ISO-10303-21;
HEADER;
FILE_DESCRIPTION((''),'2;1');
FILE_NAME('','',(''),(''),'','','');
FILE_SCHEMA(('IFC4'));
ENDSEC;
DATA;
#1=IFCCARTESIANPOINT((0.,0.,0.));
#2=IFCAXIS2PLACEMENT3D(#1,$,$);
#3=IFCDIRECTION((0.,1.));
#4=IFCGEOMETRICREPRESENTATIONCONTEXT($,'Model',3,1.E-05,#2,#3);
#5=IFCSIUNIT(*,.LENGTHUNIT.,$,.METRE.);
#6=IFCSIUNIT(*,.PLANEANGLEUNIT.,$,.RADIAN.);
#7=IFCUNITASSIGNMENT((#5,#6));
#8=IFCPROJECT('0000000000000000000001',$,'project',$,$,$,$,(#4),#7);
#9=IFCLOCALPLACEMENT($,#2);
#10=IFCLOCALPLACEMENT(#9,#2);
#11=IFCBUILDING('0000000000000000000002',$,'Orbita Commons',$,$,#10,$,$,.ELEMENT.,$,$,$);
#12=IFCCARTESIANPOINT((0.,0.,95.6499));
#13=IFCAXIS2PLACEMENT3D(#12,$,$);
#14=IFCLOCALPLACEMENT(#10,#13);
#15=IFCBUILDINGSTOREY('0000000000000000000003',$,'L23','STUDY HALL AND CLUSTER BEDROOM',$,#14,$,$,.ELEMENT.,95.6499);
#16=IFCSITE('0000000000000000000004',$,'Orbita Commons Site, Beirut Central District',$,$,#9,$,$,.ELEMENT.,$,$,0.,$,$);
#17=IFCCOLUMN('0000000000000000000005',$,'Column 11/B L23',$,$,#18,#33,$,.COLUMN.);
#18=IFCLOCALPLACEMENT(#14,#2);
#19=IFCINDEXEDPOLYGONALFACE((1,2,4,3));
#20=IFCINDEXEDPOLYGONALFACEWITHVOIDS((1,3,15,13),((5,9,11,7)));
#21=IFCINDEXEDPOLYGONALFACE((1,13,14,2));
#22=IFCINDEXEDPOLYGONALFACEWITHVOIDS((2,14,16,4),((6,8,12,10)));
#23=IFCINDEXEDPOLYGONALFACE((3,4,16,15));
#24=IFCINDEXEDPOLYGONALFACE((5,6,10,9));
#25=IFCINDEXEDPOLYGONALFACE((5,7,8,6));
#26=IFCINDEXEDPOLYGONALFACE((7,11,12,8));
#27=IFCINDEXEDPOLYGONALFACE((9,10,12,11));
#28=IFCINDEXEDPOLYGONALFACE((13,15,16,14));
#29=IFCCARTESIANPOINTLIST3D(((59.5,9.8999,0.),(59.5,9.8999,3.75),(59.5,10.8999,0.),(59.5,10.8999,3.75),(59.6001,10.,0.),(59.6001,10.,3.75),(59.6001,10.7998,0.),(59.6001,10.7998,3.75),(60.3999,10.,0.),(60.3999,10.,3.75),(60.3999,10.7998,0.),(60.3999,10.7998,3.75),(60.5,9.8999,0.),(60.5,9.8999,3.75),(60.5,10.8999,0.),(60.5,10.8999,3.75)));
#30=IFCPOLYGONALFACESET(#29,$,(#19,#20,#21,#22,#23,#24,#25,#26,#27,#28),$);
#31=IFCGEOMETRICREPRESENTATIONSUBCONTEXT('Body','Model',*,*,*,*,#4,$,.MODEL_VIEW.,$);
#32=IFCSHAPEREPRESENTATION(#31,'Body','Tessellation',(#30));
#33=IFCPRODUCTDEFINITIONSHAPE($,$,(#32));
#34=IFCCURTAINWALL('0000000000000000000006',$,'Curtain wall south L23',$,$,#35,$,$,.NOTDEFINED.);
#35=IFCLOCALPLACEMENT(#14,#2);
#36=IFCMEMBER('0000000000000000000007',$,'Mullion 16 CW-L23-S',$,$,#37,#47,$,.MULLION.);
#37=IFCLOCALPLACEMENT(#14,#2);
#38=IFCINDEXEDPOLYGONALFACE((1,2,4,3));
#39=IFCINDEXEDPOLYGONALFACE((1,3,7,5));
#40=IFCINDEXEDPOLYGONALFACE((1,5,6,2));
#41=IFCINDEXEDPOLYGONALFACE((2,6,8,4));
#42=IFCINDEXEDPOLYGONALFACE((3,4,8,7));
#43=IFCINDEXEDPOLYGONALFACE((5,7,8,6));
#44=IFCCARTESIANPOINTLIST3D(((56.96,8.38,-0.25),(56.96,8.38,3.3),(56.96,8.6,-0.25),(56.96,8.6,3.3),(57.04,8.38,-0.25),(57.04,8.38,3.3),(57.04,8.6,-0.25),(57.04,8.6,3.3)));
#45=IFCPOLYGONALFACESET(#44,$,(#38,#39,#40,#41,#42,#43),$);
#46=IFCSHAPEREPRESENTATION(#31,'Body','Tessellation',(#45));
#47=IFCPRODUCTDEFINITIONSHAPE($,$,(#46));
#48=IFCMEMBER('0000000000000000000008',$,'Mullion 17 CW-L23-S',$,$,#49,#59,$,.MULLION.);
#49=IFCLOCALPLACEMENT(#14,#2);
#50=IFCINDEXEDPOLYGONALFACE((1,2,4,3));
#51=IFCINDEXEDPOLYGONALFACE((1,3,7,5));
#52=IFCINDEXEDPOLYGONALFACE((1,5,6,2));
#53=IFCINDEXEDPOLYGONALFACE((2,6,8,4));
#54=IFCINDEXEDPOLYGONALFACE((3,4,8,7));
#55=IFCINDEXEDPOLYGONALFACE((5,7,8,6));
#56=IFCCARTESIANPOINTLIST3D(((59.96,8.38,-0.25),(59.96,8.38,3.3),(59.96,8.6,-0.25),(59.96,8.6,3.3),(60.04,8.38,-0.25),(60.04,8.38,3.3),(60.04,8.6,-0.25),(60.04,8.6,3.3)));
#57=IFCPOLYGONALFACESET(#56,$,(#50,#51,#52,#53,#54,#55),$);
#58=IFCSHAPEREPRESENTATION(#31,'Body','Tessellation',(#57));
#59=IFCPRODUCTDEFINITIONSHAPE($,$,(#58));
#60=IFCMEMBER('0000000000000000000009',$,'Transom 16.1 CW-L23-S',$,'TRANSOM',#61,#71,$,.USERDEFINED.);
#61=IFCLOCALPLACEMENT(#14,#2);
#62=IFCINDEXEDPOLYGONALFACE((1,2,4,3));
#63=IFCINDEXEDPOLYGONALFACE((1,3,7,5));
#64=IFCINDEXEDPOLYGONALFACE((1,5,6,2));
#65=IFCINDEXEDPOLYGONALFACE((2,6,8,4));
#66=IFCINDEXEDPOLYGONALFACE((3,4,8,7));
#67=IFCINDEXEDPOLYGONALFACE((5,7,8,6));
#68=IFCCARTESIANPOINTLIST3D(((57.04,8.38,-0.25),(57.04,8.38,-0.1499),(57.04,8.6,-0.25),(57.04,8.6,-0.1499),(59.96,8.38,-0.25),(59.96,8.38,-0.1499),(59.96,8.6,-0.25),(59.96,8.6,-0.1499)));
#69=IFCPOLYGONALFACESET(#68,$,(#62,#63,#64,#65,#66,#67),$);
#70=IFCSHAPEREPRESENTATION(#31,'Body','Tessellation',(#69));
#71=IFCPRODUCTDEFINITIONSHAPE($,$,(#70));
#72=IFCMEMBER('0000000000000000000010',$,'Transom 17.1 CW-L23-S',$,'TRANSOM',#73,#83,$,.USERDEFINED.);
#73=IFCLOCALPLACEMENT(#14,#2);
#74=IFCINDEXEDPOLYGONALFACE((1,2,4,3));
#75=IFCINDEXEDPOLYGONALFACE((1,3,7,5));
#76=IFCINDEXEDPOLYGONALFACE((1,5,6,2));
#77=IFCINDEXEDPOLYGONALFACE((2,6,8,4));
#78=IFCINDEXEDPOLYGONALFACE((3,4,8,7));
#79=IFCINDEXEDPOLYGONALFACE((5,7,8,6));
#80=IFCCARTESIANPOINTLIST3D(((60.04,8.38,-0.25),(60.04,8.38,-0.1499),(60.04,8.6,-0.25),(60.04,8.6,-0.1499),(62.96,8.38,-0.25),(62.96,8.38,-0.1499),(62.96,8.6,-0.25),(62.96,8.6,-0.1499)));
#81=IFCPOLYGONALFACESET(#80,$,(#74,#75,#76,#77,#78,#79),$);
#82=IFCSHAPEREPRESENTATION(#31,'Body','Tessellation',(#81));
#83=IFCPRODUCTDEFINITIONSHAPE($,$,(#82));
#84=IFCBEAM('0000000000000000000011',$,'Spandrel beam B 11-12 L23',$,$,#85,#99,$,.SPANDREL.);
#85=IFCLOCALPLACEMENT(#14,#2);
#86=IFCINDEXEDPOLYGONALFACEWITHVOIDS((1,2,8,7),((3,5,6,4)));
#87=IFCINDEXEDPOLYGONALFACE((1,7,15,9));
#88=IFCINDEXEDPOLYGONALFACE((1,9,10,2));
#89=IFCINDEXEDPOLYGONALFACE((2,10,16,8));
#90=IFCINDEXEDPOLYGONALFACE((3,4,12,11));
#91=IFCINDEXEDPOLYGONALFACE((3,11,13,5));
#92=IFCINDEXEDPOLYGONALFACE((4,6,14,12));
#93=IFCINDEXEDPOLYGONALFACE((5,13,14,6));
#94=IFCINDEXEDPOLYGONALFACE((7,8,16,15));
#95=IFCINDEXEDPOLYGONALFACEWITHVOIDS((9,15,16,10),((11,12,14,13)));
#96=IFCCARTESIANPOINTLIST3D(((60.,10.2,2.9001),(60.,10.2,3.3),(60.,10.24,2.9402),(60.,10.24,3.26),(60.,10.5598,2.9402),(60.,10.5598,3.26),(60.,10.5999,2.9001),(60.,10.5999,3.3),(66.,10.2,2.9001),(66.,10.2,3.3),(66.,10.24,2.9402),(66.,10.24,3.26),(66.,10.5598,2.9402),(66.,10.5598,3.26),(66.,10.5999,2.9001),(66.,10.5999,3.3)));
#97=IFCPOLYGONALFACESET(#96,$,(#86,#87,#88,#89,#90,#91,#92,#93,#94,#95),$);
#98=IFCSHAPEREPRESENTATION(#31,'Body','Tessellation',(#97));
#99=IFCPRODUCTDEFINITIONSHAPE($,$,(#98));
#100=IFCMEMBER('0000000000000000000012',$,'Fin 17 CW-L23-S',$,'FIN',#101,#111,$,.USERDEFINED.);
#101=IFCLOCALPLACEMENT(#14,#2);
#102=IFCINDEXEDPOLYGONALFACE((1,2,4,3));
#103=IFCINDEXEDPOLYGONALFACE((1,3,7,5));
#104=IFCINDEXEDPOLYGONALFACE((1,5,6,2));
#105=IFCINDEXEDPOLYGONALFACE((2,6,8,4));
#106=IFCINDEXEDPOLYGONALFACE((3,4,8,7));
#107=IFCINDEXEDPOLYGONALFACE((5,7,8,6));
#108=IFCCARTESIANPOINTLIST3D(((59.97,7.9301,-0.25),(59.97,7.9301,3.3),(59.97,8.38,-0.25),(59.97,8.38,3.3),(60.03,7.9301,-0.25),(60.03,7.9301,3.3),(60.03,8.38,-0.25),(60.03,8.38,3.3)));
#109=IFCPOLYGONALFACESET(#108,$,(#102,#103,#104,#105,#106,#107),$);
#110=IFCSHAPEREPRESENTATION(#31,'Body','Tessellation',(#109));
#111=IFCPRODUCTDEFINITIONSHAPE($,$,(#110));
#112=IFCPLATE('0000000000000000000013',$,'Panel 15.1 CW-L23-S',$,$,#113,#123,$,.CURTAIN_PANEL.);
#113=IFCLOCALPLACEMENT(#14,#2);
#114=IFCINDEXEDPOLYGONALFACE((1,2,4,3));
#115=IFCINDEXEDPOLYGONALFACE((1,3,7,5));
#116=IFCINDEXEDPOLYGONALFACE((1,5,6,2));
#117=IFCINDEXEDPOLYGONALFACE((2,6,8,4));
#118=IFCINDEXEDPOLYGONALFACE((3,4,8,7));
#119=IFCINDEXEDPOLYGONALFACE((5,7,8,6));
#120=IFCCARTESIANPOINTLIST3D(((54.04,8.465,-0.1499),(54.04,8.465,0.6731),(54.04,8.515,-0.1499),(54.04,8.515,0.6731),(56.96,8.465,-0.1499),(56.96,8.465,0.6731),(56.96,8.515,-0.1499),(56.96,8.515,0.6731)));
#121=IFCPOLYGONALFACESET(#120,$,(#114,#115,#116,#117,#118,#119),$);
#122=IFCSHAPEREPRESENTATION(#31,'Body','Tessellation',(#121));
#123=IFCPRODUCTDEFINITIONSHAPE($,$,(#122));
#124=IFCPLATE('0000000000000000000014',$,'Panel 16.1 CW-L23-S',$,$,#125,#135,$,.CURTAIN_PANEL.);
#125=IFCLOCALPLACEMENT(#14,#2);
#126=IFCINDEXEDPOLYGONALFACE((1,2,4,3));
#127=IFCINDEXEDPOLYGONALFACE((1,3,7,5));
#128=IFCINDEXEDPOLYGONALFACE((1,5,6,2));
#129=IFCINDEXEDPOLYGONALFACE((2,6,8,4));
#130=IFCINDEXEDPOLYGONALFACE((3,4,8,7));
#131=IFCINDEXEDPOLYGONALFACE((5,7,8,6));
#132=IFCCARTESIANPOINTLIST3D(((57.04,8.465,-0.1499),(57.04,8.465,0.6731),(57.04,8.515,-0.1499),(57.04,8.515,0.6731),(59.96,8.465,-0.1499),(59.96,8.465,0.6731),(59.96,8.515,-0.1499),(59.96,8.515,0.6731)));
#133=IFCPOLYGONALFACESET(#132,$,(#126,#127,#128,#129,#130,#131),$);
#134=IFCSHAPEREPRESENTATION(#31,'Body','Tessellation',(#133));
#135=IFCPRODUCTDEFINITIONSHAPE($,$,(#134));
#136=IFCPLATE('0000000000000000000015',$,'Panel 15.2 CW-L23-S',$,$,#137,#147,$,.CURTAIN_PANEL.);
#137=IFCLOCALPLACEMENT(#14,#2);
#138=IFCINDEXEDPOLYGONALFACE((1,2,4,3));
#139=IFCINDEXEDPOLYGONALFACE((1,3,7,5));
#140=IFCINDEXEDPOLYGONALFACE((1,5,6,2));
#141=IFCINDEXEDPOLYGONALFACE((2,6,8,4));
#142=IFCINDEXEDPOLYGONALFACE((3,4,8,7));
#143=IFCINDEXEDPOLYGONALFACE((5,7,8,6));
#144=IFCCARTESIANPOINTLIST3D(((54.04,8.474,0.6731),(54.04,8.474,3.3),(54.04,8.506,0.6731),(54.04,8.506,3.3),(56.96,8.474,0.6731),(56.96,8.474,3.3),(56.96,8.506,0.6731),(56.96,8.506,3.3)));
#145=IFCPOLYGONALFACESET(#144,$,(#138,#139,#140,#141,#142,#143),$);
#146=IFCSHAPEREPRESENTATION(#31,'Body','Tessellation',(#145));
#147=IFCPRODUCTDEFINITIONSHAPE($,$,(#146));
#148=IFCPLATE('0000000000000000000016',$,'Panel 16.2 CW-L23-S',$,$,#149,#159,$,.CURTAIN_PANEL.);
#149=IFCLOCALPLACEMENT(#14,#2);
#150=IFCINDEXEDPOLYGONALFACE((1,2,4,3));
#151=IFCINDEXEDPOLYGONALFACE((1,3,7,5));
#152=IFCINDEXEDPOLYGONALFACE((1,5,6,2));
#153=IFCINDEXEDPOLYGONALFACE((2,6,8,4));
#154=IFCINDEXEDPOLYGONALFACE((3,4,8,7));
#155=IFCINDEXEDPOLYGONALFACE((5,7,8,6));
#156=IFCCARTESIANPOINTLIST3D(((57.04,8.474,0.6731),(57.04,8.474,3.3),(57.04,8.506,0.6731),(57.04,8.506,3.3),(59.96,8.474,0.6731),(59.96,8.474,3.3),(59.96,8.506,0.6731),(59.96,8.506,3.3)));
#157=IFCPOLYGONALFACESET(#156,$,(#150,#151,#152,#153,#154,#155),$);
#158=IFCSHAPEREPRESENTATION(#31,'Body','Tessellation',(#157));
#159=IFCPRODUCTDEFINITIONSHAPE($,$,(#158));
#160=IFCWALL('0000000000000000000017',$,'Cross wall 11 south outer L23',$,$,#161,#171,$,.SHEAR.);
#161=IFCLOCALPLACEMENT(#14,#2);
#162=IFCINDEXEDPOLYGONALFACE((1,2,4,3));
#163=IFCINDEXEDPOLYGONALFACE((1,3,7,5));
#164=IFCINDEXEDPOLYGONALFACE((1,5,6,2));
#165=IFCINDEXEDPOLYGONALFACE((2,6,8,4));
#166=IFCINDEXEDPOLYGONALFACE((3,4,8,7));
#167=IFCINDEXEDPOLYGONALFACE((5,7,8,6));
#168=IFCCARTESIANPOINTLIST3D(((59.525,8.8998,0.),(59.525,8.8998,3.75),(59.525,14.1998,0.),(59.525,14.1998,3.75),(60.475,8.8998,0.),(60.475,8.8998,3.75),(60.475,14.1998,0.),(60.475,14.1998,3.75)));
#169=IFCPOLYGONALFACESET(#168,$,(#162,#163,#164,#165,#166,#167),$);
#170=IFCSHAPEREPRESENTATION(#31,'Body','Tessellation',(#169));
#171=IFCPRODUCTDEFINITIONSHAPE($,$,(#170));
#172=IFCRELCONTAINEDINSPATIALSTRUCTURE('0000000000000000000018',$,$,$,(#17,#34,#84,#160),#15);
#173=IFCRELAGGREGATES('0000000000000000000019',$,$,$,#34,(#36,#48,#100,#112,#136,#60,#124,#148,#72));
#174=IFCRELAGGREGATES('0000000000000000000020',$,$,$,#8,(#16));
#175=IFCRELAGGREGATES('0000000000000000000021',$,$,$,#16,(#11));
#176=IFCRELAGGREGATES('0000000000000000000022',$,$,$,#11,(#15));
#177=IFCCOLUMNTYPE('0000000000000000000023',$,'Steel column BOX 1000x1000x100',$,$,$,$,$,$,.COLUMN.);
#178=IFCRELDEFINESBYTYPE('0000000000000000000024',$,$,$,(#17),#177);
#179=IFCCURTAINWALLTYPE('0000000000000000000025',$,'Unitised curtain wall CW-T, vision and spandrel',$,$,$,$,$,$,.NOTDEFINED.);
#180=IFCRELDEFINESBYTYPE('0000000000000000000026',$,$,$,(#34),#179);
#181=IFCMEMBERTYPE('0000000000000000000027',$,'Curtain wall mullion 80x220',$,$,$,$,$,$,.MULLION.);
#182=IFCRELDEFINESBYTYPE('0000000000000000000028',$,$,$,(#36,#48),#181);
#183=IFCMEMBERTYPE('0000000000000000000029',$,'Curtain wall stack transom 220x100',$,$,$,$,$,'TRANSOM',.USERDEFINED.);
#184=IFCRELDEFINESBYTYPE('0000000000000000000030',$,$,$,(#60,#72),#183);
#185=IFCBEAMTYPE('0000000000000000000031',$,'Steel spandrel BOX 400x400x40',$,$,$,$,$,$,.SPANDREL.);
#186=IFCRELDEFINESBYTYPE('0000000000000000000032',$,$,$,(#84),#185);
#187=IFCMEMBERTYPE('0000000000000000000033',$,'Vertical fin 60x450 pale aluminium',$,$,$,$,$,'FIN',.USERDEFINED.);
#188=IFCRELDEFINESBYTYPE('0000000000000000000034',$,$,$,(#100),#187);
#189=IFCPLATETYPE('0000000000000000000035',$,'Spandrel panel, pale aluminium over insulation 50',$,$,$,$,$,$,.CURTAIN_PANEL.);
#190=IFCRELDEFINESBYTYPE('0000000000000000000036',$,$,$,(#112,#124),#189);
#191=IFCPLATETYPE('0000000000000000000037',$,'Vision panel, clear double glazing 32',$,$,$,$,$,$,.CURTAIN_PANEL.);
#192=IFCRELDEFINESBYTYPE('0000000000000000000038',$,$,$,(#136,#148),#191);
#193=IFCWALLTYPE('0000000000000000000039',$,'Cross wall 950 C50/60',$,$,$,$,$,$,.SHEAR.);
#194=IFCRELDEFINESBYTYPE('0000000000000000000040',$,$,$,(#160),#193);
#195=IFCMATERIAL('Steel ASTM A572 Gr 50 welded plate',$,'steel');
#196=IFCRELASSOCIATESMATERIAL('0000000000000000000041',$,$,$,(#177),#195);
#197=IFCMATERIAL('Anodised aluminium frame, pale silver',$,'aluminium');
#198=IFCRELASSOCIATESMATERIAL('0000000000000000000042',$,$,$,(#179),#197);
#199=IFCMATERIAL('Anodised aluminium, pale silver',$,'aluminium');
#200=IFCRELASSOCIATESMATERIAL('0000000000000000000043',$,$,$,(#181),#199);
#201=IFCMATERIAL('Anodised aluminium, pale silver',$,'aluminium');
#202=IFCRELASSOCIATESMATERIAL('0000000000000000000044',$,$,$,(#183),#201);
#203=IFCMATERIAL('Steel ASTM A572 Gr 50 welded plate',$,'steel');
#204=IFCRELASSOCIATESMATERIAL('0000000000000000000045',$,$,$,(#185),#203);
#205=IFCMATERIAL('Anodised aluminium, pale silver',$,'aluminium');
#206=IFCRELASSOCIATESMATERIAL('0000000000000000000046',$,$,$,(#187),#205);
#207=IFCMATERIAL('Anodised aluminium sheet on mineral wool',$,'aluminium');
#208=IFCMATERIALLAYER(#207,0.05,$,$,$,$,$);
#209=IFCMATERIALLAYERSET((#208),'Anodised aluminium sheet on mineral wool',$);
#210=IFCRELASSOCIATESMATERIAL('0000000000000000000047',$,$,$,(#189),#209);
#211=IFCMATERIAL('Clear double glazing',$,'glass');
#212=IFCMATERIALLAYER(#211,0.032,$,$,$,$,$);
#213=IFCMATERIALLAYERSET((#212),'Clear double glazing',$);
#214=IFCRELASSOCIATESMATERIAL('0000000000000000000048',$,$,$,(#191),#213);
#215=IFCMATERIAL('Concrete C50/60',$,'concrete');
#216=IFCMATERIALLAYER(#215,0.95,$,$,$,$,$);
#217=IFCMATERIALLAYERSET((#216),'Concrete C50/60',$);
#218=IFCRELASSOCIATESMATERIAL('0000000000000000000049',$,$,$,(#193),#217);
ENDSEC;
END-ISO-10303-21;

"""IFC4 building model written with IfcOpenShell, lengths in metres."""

from ifc_helpers import new_model, si_unit, direction, frame, frame_2d, origin, origin_2d, place, context, subcontext, project, spatial, rectangle, hollow_rectangle, extrude, material, layer, layer_set, material_profile, profile_set, type_object, element, aggregate, save


model = new_model("IFC4")

# Units and contexts
model_context = context("Model", 3, precision=1e-05, world=origin(), true_north=direction((0.0, 1.0)))
body_context = subcontext(model_context, "Body", "Model", "MODEL_VIEW")
ifc_project = project(units=[si_unit("LENGTHUNIT", "METRE"), si_unit("PLANEANGLEUNIT", "RADIAN")], contexts=[model_context])

# Site, building, storey
site_placement = place(None, origin())
site = spatial("IfcSite", under=ifc_project, at=site_placement, Name="Orbita Commons Site, Beirut Central District", CompositionType="ELEMENT", RefElevation=0.0)
building_placement = place(site_placement, origin())
building = spatial("IfcBuilding", under=site, at=building_placement, Name="Orbita Commons", CompositionType="ELEMENT")
storey_placement = place(building_placement, frame((0.0, 0.0, 95.6499)))
storey = spatial("IfcBuildingStorey", under=building, at=storey_placement, Name="L23", Description="STUDY HALL AND CLUSTER BEDROOM", CompositionType="ELEMENT", Elevation=95.6499)

# Column
ifc_material_1 = material(Name="Steel ASTM A572 Gr 50 welded plate", Category="steel")
ifc_material_profile_1 = material_profile(ifc_material_1, hollow_rectangle(XDim=1.0, YDim=1.0, WallThickness=0.1001, at=origin_2d()), Name="BOX 1000x1000x100")
ifc_profile_set_1 = profile_set([ifc_material_profile_1], Name="Steel ASTM A572 Gr 50 welded plate")
column_type = type_object("IfcColumnType", Name="Steel column BOX 1000x1000x100", PredefinedType="COLUMN", material=ifc_profile_set_1)
column_placement = place(storey_placement, frame((60.0, 10.3999, 0.0), z_axis=(0.0, 0.0, 1.0), x_axis=(1.0, 0.0, 0.0)))
element("IfcColumn", 1, at=column_placement, inside=storey, type_object=column_type, Name="Column 11/B L23", PredefinedType="COLUMN", context=body_context, shape_type="SweptSolid", body=[
    extrude(hollow_rectangle(XDim=1.0, YDim=1.0, WallThickness=0.1001, at=origin_2d()), origin(), (0.0, 0.0, 1.0), 3.75),
])

# Curtain wall, members
ifc_material_2 = material(Name="Anodised aluminium frame, pale silver", Category="aluminium")
curtain_wall_type = type_object("IfcCurtainWallType", Name="Unitised curtain wall CW-T, vision and spandrel", PredefinedType="NOTDEFINED", material=ifc_material_2)
curtain_wall_placement = place(storey_placement, origin())
curtain_wall = element("IfcCurtainWall", 2, at=curtain_wall_placement, inside=storey, type_object=curtain_wall_type, Name="Curtain wall south L23", PredefinedType="NOTDEFINED")
ifc_material_3 = material(Name="Anodised aluminium, pale silver", Category="aluminium")
ifc_material_profile_2 = material_profile(ifc_material_3, rectangle(XDim=0.0801, YDim=0.22, at=origin_2d()), Name="AL 80x220")
ifc_profile_set_2 = profile_set([ifc_material_profile_2], Name="Anodised aluminium, pale silver")
member_type_1 = type_object("IfcMemberType", Name="Curtain wall mullion 80x220", PredefinedType="MULLION", material=ifc_profile_set_2)
member_1_placement = place(storey_placement, frame((57.0, 8.49, -0.25), z_axis=(0.0, 0.0, 1.0), x_axis=(1.0, 0.0, 0.0)))
member_1 = element("IfcMember", 3, at=member_1_placement, type_object=member_type_1, Name="Mullion 16 CW-L23-S", PredefinedType="MULLION", context=body_context, shape_type="SweptSolid", body=[
    extrude(rectangle(XDim=0.0801, YDim=0.22, at=origin_2d()), origin(), (0.0, 0.0, 1.0), 3.55),
])
member_2_placement = place(storey_placement, frame((60.0, 8.49, -0.25), z_axis=(0.0, 0.0, 1.0), x_axis=(1.0, 0.0, 0.0)))
member_2 = element("IfcMember", 4, at=member_2_placement, type_object=member_type_1, Name="Mullion 17 CW-L23-S", PredefinedType="MULLION", context=body_context, shape_type="SweptSolid", body=[
    extrude(rectangle(XDim=0.0801, YDim=0.22, at=origin_2d()), origin(), (0.0, 0.0, 1.0), 3.55),
])
ifc_material_4 = material(Name="Anodised aluminium, pale silver", Category="aluminium")
ifc_material_profile_3 = material_profile(ifc_material_4, rectangle(XDim=0.22, YDim=0.1001, at=origin_2d()), Name="AL 220x100")
ifc_profile_set_3 = profile_set([ifc_material_profile_3], Name="Anodised aluminium, pale silver")
member_type_2 = type_object("IfcMemberType", Name="Curtain wall stack transom 220x100", ElementType="TRANSOM", PredefinedType="USERDEFINED", material=ifc_profile_set_3)
member_3_placement = place(storey_placement, frame((57.04, 8.49, -0.2), z_axis=(1.0, 0.0, 0.0), x_axis=(0.0, 1.0, 0.0)))
member_3 = element("IfcMember", 5, at=member_3_placement, type_object=member_type_2, Name="Transom 16.1 CW-L23-S", ObjectType="TRANSOM", PredefinedType="USERDEFINED", context=body_context, shape_type="SweptSolid", body=[
    extrude(rectangle(XDim=0.22, YDim=0.1001, at=origin_2d()), origin(), (0.0, 0.0, 1.0), 2.9199),
])
member_4_placement = place(storey_placement, frame((60.04, 8.49, -0.2), z_axis=(1.0, 0.0, 0.0), x_axis=(0.0, 1.0, 0.0)))
member_4 = element("IfcMember", 6, at=member_4_placement, type_object=member_type_2, Name="Transom 17.1 CW-L23-S", ObjectType="TRANSOM", PredefinedType="USERDEFINED", context=body_context, shape_type="SweptSolid", body=[
    extrude(rectangle(XDim=0.22, YDim=0.1001, at=origin_2d()), origin(), (0.0, 0.0, 1.0), 2.9199),
])

# Beam
ifc_material_5 = material(Name="Steel ASTM A572 Gr 50 welded plate", Category="steel")
ifc_material_profile_4 = material_profile(ifc_material_5, hollow_rectangle(XDim=0.3999, YDim=0.3999, WallThickness=0.04, at=origin_2d()), Name="BOX 400x400x40")
ifc_profile_set_4 = profile_set([ifc_material_profile_4], Name="Steel ASTM A572 Gr 50 welded plate")
beam_type = type_object("IfcBeamType", Name="Steel spandrel BOX 400x400x40", PredefinedType="SPANDREL", material=ifc_profile_set_4)
beam_placement = place(storey_placement, frame((60.0, 10.3999, 3.1001), z_axis=(1.0, 0.0, 0.0), x_axis=(0.0, 1.0, 0.0)))
element("IfcBeam", 7, at=beam_placement, inside=storey, type_object=beam_type, Name="Spandrel beam B 11-12 L23", PredefinedType="SPANDREL", context=body_context, shape_type="SweptSolid", body=[
    extrude(hollow_rectangle(XDim=0.3999, YDim=0.3999, WallThickness=0.04, at=origin_2d()), origin(), (0.0, 0.0, 1.0), 6.0),
])

# Member
ifc_material_6 = material(Name="Anodised aluminium, pale silver", Category="aluminium")
ifc_material_profile_5 = material_profile(ifc_material_6, rectangle(XDim=0.0601, YDim=0.45, at=origin_2d()), Name="FIN 60x450")
ifc_profile_set_5 = profile_set([ifc_material_profile_5], Name="Anodised aluminium, pale silver")
member_type_3 = type_object("IfcMemberType", Name="Vertical fin 60x450 pale aluminium", ElementType="FIN", PredefinedType="USERDEFINED", material=ifc_profile_set_5)
member_5_placement = place(storey_placement, frame((60.0, 8.155, -0.25), z_axis=(0.0, 0.0, 1.0), x_axis=(1.0, 0.0, 0.0)))
member_5 = element("IfcMember", 8, at=member_5_placement, type_object=member_type_3, Name="Fin 17 CW-L23-S", ObjectType="FIN", PredefinedType="USERDEFINED", context=body_context, shape_type="SweptSolid", body=[
    extrude(rectangle(XDim=0.0601, YDim=0.45, at=origin_2d()), origin(), (0.0, 0.0, 1.0), 3.55),
])

# Plates
ifc_material_7 = material(Name="Anodised aluminium sheet on mineral wool", Category="aluminium")
ifc_layer_1 = layer(ifc_material_7, 0.05)
ifc_layer_set_1 = layer_set([ifc_layer_1], Name="Anodised aluminium sheet on mineral wool")
plate_type_1 = type_object("IfcPlateType", Name="Spandrel panel, pale aluminium over insulation 50", PredefinedType="CURTAIN_PANEL", material=ifc_layer_set_1)
plate_1_placement = place(storey_placement, frame((55.5, 8.49, -0.1499), z_axis=(0.0, 0.0, 1.0), x_axis=(1.0, 0.0, 0.0)))
plate_1 = element("IfcPlate", 9, at=plate_1_placement, type_object=plate_type_1, Name="Panel 15.1 CW-L23-S", PredefinedType="CURTAIN_PANEL", context=body_context, shape_type="SweptSolid", body=[
    extrude(rectangle(XDim=2.9199, YDim=0.05, at=origin_2d()), origin(), (0.0, 0.0, 1.0), 0.823),
])
plate_2_placement = place(storey_placement, frame((58.5, 8.49, -0.1499), z_axis=(0.0, 0.0, 1.0), x_axis=(1.0, 0.0, 0.0)))
plate_2 = element("IfcPlate", 10, at=plate_2_placement, type_object=plate_type_1, Name="Panel 16.1 CW-L23-S", PredefinedType="CURTAIN_PANEL", context=body_context, shape_type="SweptSolid", body=[
    extrude(rectangle(XDim=2.9199, YDim=0.05, at=origin_2d()), origin(), (0.0, 0.0, 1.0), 0.823),
])
ifc_material_8 = material(Name="Clear double glazing", Category="glass")
ifc_layer_2 = layer(ifc_material_8, 0.032)
ifc_layer_set_2 = layer_set([ifc_layer_2], Name="Clear double glazing")
plate_type_2 = type_object("IfcPlateType", Name="Vision panel, clear double glazing 32", PredefinedType="CURTAIN_PANEL", material=ifc_layer_set_2)
plate_3_placement = place(storey_placement, frame((55.5, 8.49, 0.6731), z_axis=(0.0, 0.0, 1.0), x_axis=(1.0, 0.0, 0.0)))
plate_3 = element("IfcPlate", 11, at=plate_3_placement, type_object=plate_type_2, Name="Panel 15.2 CW-L23-S", PredefinedType="CURTAIN_PANEL", context=body_context, shape_type="SweptSolid", body=[
    extrude(rectangle(XDim=2.9199, YDim=0.032, at=origin_2d()), origin(), (0.0, 0.0, 1.0), 2.627),
])
plate_4_placement = place(storey_placement, frame((58.5, 8.49, 0.6731), z_axis=(0.0, 0.0, 1.0), x_axis=(1.0, 0.0, 0.0)))
plate_4 = element("IfcPlate", 12, at=plate_4_placement, type_object=plate_type_2, Name="Panel 16.2 CW-L23-S", PredefinedType="CURTAIN_PANEL", context=body_context, shape_type="SweptSolid", body=[
    extrude(rectangle(XDim=2.9199, YDim=0.032, at=origin_2d()), origin(), (0.0, 0.0, 1.0), 2.627),
])
aggregate(curtain_wall, [member_1, member_2, member_5, plate_1, plate_3, member_3, plate_2, plate_4, member_4])

# Wall
ifc_material_9 = material(Name="Concrete C50/60", Category="concrete")
ifc_layer_3 = layer(ifc_material_9, 0.95)
ifc_layer_set_3 = layer_set([ifc_layer_3], Name="Concrete C50/60")
wall_type_1 = type_object("IfcWallType", Name="Cross wall 950 C50/60", PredefinedType="SHEAR", material=ifc_layer_set_3)
wall_1_placement = place(storey_placement, frame((60.0, 8.8999, 0.0), z_axis=(0.0, 0.0, 1.0), x_axis=(0.0, 1.0, 0.0)))
element("IfcWall", 13, at=wall_1_placement, inside=storey, type_object=wall_type_1, Name="Cross wall 11 south outer L23", PredefinedType="SHEAR", context=body_context, shape_type="SweptSolid", body=[
    extrude(rectangle(XDim=5.3, YDim=0.95, at=frame_2d((2.6499, 0.0))), origin(), (0.0, 0.0, 1.0), 3.75),
])

save(model, "model.ifc")
